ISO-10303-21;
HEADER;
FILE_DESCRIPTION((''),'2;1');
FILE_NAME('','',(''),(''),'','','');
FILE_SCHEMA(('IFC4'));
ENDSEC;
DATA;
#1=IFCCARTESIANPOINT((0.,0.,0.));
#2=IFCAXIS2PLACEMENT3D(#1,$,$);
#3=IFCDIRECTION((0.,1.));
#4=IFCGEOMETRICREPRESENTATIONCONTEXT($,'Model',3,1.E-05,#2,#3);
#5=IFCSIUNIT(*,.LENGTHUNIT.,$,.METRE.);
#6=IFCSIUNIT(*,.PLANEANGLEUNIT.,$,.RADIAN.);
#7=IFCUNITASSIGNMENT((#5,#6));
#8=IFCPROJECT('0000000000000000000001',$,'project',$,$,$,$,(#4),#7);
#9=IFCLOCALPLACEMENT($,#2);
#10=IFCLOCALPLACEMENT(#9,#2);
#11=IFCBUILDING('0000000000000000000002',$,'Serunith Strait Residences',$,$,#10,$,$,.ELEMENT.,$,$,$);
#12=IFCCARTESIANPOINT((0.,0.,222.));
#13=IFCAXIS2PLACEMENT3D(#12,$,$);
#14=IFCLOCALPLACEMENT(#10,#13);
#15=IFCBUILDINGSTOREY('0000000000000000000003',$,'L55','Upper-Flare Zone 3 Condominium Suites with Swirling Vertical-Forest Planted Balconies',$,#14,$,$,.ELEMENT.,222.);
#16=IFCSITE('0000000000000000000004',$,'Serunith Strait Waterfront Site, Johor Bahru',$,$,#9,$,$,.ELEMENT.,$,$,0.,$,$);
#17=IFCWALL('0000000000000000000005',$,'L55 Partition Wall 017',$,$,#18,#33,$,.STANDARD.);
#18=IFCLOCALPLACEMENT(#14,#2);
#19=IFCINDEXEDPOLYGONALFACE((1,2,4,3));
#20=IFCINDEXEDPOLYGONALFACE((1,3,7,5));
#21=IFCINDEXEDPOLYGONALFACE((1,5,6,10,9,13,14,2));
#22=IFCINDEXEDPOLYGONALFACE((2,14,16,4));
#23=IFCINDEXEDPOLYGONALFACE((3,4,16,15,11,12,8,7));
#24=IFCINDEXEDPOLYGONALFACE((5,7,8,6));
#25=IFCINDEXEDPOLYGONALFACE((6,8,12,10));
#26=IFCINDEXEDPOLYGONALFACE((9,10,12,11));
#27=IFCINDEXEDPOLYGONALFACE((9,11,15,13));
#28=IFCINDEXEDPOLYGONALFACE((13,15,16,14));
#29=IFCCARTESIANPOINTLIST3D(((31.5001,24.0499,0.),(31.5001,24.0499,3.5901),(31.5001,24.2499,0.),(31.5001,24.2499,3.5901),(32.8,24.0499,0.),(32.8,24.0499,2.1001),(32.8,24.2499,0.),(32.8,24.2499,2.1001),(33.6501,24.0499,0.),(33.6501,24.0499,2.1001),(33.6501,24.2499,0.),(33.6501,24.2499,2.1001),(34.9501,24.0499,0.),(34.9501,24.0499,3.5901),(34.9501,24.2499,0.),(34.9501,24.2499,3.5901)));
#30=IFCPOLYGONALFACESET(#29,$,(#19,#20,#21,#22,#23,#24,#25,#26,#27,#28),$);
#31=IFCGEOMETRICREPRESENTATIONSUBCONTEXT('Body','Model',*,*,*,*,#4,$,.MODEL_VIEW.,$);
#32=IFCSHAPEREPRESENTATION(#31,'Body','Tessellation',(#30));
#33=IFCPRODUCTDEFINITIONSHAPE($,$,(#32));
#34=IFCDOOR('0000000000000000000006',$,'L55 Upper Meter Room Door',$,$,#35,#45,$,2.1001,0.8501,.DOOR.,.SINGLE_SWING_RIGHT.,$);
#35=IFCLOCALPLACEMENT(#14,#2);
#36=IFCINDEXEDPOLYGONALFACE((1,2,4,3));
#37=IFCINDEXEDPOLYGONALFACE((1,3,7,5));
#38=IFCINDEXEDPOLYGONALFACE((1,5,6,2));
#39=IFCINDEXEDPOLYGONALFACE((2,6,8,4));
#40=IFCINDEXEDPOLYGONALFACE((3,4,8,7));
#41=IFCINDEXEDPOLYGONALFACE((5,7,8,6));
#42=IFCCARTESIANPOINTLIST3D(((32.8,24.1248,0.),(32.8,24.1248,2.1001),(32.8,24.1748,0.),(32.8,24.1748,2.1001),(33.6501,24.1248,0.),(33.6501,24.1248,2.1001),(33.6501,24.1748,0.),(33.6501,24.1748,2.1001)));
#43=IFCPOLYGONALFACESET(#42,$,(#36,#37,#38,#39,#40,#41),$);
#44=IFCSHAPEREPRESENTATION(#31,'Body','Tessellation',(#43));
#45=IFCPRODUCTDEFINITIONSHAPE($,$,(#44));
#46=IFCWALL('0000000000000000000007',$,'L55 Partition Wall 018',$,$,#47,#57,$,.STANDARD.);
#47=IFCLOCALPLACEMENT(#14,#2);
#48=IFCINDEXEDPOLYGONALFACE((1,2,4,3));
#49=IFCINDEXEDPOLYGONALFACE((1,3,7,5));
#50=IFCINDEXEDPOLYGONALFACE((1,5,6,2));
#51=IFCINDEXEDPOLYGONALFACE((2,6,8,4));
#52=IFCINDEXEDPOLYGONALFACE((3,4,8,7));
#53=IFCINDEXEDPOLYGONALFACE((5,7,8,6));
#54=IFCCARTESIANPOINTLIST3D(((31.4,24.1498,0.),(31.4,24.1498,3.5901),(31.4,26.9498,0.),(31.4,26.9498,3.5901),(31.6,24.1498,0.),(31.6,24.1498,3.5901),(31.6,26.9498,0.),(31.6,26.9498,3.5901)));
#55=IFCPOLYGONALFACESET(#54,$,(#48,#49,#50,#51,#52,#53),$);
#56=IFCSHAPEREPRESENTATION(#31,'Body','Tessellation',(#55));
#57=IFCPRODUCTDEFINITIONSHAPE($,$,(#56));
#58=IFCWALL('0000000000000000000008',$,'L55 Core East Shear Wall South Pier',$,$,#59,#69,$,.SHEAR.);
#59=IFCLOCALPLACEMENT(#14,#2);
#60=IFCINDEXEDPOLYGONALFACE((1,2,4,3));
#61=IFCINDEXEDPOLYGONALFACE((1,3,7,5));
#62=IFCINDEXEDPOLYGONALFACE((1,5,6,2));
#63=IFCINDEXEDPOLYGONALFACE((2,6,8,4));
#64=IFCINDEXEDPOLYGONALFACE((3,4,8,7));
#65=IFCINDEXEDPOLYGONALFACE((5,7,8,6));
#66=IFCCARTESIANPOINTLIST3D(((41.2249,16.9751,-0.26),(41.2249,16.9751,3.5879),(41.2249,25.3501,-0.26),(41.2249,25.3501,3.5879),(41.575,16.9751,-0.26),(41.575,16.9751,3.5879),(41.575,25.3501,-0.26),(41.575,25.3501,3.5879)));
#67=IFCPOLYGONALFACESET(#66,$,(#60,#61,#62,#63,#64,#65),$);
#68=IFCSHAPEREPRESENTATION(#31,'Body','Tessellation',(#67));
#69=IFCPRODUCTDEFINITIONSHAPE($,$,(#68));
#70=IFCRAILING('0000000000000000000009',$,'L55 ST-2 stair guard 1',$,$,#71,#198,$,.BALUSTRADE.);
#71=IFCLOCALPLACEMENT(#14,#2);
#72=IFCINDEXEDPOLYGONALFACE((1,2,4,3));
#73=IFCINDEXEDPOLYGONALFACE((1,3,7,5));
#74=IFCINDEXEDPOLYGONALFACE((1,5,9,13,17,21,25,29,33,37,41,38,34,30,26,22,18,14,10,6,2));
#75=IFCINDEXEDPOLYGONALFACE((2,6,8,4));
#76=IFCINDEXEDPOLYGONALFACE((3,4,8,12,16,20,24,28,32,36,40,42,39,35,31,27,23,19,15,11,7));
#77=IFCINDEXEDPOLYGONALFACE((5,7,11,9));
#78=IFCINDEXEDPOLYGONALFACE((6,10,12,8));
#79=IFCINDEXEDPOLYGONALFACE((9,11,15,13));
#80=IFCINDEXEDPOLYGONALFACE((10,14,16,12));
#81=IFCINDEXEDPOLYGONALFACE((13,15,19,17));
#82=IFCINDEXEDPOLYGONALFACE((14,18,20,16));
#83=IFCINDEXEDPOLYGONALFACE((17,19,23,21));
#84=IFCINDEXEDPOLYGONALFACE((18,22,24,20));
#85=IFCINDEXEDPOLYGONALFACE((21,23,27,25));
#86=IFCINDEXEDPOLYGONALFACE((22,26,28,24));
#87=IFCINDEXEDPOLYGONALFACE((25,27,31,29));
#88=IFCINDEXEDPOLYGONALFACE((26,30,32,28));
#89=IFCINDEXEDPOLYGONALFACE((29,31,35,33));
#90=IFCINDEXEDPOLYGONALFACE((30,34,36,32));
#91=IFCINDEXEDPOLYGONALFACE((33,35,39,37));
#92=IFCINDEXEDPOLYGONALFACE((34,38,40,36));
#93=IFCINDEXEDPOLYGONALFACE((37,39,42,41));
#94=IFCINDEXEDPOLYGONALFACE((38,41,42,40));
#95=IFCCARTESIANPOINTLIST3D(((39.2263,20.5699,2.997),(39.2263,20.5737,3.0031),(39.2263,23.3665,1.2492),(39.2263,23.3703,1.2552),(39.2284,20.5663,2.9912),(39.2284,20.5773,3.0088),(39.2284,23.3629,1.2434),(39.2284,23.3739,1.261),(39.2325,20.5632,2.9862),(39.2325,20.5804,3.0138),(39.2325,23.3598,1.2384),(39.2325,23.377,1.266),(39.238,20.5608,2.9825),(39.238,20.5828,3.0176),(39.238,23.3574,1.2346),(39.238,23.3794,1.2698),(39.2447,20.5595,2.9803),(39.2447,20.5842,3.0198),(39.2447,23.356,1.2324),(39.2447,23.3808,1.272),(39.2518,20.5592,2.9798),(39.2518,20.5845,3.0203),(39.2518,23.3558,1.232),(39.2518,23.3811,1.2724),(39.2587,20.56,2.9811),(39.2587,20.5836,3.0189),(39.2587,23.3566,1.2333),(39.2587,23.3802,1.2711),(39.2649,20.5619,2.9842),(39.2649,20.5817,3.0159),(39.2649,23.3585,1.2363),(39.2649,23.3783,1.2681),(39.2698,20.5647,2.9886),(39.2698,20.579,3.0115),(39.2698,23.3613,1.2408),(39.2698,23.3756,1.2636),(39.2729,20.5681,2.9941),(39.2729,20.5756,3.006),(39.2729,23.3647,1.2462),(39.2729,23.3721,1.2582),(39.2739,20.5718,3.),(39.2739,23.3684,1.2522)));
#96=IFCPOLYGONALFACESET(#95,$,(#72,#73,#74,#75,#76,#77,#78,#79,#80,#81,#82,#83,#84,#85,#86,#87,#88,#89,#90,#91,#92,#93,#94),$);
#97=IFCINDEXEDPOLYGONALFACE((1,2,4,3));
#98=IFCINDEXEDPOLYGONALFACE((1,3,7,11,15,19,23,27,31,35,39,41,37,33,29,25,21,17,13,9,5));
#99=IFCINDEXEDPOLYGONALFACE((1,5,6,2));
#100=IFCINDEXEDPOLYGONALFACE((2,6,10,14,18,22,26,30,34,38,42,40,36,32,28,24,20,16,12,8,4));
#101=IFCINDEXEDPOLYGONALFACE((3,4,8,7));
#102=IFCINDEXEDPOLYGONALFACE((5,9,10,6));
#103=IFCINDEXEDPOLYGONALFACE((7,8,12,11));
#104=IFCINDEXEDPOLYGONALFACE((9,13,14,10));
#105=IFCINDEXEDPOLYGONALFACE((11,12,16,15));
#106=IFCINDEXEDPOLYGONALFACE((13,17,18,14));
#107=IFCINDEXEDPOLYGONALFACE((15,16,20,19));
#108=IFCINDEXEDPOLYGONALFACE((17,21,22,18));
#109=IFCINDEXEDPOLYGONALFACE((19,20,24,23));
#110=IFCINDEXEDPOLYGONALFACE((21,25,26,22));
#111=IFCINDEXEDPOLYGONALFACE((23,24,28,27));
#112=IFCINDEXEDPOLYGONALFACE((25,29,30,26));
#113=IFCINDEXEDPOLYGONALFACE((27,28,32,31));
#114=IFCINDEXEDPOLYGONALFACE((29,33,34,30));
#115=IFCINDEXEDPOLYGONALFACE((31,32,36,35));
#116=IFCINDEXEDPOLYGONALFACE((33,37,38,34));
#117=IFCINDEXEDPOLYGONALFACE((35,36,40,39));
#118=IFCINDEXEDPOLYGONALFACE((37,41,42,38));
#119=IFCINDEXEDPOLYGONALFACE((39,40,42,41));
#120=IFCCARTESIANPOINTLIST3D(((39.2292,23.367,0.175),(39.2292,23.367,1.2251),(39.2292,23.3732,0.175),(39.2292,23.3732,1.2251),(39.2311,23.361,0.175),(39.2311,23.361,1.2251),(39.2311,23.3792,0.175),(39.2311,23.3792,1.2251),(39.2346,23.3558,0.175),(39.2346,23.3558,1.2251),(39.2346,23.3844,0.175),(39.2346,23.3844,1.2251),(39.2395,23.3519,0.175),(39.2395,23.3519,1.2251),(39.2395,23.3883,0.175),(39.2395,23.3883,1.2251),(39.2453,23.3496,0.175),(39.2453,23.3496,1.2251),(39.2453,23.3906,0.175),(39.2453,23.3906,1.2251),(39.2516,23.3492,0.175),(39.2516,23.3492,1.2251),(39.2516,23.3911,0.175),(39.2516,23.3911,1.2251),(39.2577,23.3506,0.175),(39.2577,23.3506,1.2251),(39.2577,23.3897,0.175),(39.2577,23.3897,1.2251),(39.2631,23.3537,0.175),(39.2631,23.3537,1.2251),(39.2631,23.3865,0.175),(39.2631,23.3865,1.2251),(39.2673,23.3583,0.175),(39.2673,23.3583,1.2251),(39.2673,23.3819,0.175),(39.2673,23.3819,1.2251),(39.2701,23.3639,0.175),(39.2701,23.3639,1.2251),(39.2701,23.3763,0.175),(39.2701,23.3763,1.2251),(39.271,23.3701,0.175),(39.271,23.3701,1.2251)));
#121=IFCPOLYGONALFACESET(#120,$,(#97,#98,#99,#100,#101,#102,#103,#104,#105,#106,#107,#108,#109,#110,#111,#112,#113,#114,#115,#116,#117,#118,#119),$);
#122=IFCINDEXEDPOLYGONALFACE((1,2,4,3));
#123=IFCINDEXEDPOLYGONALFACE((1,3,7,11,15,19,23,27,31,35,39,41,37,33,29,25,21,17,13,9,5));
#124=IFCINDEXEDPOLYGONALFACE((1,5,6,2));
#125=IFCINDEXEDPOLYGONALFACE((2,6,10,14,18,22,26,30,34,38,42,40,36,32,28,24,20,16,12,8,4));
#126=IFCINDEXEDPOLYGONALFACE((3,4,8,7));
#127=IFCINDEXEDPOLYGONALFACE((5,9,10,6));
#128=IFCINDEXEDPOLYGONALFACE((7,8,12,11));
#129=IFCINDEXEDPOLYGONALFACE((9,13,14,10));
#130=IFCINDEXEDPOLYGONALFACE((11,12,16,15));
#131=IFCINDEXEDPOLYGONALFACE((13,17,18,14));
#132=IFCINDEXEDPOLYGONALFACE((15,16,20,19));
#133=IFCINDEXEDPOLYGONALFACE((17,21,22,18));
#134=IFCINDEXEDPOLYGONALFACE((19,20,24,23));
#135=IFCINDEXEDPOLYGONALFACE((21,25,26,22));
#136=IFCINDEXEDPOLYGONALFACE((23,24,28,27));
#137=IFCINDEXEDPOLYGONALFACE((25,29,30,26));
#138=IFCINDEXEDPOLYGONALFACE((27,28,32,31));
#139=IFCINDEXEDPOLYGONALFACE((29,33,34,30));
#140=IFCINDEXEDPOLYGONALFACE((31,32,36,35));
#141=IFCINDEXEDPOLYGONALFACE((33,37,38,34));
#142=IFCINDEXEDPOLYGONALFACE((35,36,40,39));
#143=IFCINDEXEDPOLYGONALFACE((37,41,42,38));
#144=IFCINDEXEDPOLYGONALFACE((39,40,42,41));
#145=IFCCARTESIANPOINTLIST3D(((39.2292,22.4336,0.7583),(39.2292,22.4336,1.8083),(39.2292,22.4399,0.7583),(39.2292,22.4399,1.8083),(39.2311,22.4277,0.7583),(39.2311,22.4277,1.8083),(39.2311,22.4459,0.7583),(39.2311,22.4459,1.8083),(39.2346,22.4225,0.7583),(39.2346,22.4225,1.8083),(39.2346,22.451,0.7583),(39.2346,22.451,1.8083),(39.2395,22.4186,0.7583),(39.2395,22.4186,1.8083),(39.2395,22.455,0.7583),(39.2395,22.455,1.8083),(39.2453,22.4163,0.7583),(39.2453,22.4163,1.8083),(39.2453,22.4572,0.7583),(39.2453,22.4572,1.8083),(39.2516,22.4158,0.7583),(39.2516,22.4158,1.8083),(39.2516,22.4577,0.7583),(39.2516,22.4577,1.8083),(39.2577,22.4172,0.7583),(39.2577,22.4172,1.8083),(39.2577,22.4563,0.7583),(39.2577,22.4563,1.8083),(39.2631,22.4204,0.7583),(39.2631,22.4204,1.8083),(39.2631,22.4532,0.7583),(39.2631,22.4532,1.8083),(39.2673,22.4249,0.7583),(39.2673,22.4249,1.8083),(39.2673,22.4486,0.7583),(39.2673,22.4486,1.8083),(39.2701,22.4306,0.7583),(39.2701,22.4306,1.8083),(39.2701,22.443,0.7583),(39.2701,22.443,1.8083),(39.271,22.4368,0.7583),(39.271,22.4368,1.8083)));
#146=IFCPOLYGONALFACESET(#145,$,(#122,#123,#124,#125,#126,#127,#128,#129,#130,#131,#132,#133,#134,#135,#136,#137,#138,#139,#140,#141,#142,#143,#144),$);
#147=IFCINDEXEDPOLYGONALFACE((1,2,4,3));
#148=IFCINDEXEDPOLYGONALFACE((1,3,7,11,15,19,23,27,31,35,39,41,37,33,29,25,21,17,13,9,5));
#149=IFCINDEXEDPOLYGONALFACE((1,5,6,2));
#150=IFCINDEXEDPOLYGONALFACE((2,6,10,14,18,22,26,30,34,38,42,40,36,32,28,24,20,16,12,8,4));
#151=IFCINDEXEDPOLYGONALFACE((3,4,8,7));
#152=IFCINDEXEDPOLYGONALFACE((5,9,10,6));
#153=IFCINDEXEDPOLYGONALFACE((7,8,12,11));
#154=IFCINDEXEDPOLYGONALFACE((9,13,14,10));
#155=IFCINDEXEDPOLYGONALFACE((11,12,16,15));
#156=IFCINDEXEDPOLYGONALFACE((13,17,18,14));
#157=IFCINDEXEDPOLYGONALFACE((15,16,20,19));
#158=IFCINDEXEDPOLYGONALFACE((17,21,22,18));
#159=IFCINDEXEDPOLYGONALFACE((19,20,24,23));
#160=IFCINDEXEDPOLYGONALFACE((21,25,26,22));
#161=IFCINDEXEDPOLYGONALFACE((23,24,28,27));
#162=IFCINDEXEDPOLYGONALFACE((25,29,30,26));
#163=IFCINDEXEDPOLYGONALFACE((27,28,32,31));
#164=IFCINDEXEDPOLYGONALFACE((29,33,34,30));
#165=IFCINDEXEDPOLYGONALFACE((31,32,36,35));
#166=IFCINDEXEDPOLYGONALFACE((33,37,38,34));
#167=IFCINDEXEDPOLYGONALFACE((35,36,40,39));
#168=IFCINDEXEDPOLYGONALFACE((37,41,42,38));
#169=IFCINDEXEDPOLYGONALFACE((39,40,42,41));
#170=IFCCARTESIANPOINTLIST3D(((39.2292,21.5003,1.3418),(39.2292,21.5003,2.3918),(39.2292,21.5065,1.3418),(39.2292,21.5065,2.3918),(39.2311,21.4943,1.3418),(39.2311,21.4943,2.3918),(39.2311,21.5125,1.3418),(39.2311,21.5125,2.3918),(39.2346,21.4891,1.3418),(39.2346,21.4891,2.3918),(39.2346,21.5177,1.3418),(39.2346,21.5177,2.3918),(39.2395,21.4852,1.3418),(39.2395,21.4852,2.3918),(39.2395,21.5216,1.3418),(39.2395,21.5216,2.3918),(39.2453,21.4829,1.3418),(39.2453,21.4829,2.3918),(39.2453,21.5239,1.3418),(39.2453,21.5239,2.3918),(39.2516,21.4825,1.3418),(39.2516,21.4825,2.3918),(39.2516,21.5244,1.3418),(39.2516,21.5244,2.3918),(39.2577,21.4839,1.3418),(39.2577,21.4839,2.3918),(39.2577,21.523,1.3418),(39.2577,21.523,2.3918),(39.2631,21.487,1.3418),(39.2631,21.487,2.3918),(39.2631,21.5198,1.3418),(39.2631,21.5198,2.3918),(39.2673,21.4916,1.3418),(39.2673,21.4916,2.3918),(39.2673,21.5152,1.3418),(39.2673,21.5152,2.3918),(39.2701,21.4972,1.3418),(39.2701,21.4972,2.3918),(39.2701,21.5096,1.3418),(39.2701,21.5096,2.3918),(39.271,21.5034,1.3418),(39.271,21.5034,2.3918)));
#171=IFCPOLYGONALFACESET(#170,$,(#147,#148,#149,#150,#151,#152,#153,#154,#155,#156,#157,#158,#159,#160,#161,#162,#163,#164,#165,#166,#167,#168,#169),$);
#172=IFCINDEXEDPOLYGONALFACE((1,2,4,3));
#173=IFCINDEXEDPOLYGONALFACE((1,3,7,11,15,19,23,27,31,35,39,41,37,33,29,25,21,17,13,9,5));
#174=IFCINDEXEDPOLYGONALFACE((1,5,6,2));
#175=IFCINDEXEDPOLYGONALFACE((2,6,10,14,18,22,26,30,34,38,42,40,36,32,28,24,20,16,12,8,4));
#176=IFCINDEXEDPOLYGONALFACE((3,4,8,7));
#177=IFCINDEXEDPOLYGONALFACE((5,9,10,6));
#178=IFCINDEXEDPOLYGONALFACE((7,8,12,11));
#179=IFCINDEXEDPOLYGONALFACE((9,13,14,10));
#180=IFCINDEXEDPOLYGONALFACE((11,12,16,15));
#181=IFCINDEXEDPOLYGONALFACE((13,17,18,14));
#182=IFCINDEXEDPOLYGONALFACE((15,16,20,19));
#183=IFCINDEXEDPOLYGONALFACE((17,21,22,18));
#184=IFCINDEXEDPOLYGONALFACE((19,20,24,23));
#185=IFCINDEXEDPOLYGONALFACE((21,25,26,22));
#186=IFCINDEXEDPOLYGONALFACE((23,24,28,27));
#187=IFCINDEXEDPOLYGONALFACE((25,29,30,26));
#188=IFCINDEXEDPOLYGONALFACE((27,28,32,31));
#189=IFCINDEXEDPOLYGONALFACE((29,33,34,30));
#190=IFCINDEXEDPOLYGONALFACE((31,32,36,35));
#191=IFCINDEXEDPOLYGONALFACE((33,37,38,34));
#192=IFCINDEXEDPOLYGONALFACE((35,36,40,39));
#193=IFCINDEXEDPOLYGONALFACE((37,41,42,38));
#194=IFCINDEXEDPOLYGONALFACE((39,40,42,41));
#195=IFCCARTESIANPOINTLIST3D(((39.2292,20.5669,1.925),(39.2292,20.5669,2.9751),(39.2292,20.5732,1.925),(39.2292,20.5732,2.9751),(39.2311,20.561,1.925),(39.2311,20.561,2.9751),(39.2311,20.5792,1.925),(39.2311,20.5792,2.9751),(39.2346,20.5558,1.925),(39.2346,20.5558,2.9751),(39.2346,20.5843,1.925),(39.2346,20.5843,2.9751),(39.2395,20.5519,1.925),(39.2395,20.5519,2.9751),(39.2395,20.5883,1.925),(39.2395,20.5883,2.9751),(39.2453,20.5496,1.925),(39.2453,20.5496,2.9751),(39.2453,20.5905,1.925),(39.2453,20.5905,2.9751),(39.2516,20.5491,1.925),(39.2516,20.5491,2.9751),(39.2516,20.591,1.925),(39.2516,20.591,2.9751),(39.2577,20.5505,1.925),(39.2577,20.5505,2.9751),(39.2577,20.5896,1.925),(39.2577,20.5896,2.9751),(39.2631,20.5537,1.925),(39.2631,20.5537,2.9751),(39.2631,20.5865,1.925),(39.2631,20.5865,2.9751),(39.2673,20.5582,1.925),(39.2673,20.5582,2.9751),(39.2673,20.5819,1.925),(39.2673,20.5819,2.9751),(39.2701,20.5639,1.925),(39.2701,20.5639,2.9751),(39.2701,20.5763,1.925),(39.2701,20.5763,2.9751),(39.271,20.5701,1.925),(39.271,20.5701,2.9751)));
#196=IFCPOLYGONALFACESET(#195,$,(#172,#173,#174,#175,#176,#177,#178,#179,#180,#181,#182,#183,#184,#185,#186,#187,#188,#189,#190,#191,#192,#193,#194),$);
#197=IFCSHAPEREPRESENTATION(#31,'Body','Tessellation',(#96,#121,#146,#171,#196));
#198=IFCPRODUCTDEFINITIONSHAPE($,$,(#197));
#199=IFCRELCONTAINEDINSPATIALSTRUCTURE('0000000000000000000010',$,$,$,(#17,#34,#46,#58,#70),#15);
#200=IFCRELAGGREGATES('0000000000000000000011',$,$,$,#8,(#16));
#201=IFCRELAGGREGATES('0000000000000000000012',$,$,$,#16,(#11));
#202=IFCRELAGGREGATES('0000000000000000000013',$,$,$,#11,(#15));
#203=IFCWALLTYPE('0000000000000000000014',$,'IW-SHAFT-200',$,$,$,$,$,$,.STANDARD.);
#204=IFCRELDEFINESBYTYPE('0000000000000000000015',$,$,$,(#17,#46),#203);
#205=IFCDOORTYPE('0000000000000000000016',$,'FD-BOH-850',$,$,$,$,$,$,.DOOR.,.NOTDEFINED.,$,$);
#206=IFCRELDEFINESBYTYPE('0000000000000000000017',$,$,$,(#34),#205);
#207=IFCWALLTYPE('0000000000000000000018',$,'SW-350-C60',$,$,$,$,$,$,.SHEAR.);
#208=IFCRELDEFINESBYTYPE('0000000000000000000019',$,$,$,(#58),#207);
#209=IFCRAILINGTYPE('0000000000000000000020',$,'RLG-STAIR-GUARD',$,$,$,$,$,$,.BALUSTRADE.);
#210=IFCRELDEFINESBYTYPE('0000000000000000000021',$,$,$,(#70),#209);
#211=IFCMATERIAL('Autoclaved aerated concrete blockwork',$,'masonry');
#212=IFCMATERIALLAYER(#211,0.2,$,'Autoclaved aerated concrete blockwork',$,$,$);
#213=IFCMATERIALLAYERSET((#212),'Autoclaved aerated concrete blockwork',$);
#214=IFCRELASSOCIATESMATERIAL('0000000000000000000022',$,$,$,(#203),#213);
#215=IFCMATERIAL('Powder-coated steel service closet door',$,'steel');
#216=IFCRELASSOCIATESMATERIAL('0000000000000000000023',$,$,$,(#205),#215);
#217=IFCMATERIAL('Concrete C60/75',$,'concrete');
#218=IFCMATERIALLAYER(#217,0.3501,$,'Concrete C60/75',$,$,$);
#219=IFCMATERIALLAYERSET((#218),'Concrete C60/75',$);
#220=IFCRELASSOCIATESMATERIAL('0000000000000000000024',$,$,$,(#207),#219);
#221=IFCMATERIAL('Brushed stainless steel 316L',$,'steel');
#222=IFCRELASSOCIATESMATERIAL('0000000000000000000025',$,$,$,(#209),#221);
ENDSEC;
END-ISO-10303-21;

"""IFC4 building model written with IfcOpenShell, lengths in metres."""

from ifc_helpers import new_model, si_unit, direction, frame, frame_2d, origin, origin_2d, place, context, subcontext, project, spatial, rectangle, circle, extrude, source, transform, mapped, material, layer, layer_set, type_object, element, fill, save


model = new_model("IFC4")

# Units and contexts
model_context = context("Model", 3, precision=1e-05, world=origin(), true_north=direction((0.0, 1.0)))
body_context = subcontext(model_context, "Body", "Model", "MODEL_VIEW")
ifc_project = project(units=[si_unit("LENGTHUNIT", "METRE"), si_unit("PLANEANGLEUNIT", "RADIAN")], contexts=[model_context])

# Site, building, storey
site_placement = place(None, origin())
site = spatial("IfcSite", under=ifc_project, at=site_placement, Name="Serunith Strait Waterfront Site, Johor Bahru", CompositionType="ELEMENT", RefElevation=0.0)
building_placement = place(site_placement, origin())
building = spatial("IfcBuilding", under=site, at=building_placement, Name="Serunith Strait Residences", CompositionType="ELEMENT")
storey_placement = place(building_placement, frame((0.0, 0.0, 222.0)))
storey = spatial("IfcBuildingStorey", under=building, at=storey_placement, Name="L55", Description="Upper-Flare Zone 3 Condominium Suites with Swirling Vertical-Forest Planted Balconies", CompositionType="ELEMENT", Elevation=222.0)

# Shared definitions
ifc_material_1 = material(Name="Concrete C60/75", Category="concrete")

# Shared definitions
ifc_material_2 = material(Name="Autoclaved aerated concrete blockwork", Category="masonry")
ifc_layer_1 = layer(ifc_material_2, 0.2, Name="Autoclaved aerated concrete blockwork")
ifc_layer_set_1 = layer_set([ifc_layer_1], Name="Autoclaved aerated concrete blockwork")
wall_type_1 = type_object("IfcWallType", Name="IW-SHAFT-200", PredefinedType="STANDARD", material=ifc_layer_set_1)

# Wall, opening, door
wall_1_placement = place(storey_placement, frame((31.5, 24.1499, 0.0), z_axis=(0.0, 0.0, 1.0), x_axis=(1.0, 0.0, 0.0)))
wall_1 = element("IfcWall", 1, at=wall_1_placement, inside=storey, type_object=wall_type_1, Name="L55 Partition Wall 017", PredefinedType="STANDARD", context=body_context, shape_type="SweptSolid", body=[
    extrude(rectangle(XDim=3.45, YDim=0.2, at=frame_2d((1.7251, 0.0))), origin(), (0.0, 0.0, 1.0), 3.5901),
])
opening_1_placement = place(wall_1_placement, frame((1.3, 0.0, 0.0)))
opening_1 = element("IfcOpeningElement", 2, at=opening_1_placement, cuts=wall_1, PredefinedType="OPENING", context=body_context, shape_type="SweptSolid", body=[
    extrude(rectangle(XDim=0.8501, YDim=2.1001, at=frame_2d((0.425, 1.05))), frame((0.0, 0.1099, 0.0), z_axis=(0.0, -1.0, 0.0), x_axis=(1.0, 0.0, 0.0)), (0.0, 0.0, 1.0), 0.22),
])
ifc_material_3 = material(Name="Powder-coated steel service closet door", Category="steel")
door_type_1 = type_object("IfcDoorType", Name="FD-BOH-850", OperationType="NOTDEFINED", PredefinedType="DOOR", material=ifc_material_3)
shared_shape_1 = source(origin(), body_context, "Body", "SweptSolid", [
    extrude(rectangle(XDim=0.8501, YDim=2.1001, at=frame_2d((0.425, 1.05))), frame((0.0, 0.0249, 0.0), z_axis=(0.0, -1.0, 0.0), x_axis=(1.0, 0.0, 0.0)), (0.0, 0.0, 1.0), 0.05),
])
door_1_placement = place(opening_1_placement, origin())
door_1 = element("IfcDoor", 3, at=door_1_placement, inside=storey, type_object=door_type_1, Name="L55 Upper Meter Room Door", OperationType="SINGLE_SWING_RIGHT", OverallHeight=2.1001, OverallWidth=0.8501, PredefinedType="DOOR", context=body_context, shape_type="MappedRepresentation", body=[
    mapped(shared_shape_1, transform((0.0, 0.0, 0.0), scale=1.0)),
])
fill(opening_1, door_1)

# Walls
wall_2_placement = place(storey_placement, frame((31.5, 24.1499, 0.0), z_axis=(0.0, 0.0, 1.0), x_axis=(0.0, 1.0, 0.0)))
element("IfcWall", 4, at=wall_2_placement, inside=storey, type_object=wall_type_1, Name="L55 Partition Wall 018", PredefinedType="STANDARD", context=body_context, shape_type="SweptSolid", body=[
    extrude(rectangle(XDim=2.8, YDim=0.2, at=frame_2d((1.3999, 0.0))), origin(), (0.0, 0.0, 1.0), 3.5901),
])
ifc_layer_2 = layer(ifc_material_1, 0.3501, Name="Concrete C60/75")
ifc_layer_set_2 = layer_set([ifc_layer_2], Name="Concrete C60/75")
wall_type_2 = type_object("IfcWallType", Name="SW-350-C60", PredefinedType="SHEAR", material=ifc_layer_set_2)
wall_3_placement = place(storey_placement, frame((41.3999, 16.9751, -0.26), z_axis=(0.0, 0.0, 1.0), x_axis=(0.0, 1.0, 0.0)))
element("IfcWall", 5, at=wall_3_placement, inside=storey, type_object=wall_type_2, Name="L55 Core East Shear Wall South Pier", PredefinedType="SHEAR", context=body_context, shape_type="SweptSolid", body=[
    extrude(rectangle(XDim=8.375, YDim=0.3501, at=frame_2d((4.1875, 0.0))), origin(), (0.0, 0.0, 1.0), 3.8479),
])

# Railing
ifc_material_4 = material(Name="Brushed stainless steel 316L", Category="steel")
railing_type_1 = type_object("IfcRailingType", Name="RLG-STAIR-GUARD", PredefinedType="BALUSTRADE", material=ifc_material_4)
railing_1_placement = place(storey_placement, frame((39.25, 23.3701, 0.175)))
element("IfcRailing", 6, at=railing_1_placement, inside=storey, type_object=railing_type_1, Name="L55 ST-2 stair guard 1", PredefinedType="BALUSTRADE", context=body_context, shape_type="SweptSolid", body=[
    extrude(circle(Radius=0.0239, at=origin_2d()), frame((0.0, -0.0017, 1.0771), z_axis=(0.0, -0.848002, 0.529992), x_axis=(1.0, 0.0, 0.0)), (0.0, 0.0, 1.0), 3.2979),
    extrude(circle(Radius=0.021, at=origin_2d()), origin(), (0.0, 0.0, 1.0), 1.05),
    extrude(circle(Radius=0.021, at=origin_2d()), frame((0.0, -0.9333, 0.5833)), (0.0, 0.0, 1.0), 1.05),
    extrude(circle(Radius=0.021, at=origin_2d()), frame((0.0, -1.8667, 1.1667)), (0.0, 0.0, 1.0), 1.05),
    extrude(circle(Radius=0.021, at=origin_2d()), frame((0.0, -2.8, 1.75)), (0.0, 0.0, 1.0), 1.05),
])

save(model, "model.ifc")
